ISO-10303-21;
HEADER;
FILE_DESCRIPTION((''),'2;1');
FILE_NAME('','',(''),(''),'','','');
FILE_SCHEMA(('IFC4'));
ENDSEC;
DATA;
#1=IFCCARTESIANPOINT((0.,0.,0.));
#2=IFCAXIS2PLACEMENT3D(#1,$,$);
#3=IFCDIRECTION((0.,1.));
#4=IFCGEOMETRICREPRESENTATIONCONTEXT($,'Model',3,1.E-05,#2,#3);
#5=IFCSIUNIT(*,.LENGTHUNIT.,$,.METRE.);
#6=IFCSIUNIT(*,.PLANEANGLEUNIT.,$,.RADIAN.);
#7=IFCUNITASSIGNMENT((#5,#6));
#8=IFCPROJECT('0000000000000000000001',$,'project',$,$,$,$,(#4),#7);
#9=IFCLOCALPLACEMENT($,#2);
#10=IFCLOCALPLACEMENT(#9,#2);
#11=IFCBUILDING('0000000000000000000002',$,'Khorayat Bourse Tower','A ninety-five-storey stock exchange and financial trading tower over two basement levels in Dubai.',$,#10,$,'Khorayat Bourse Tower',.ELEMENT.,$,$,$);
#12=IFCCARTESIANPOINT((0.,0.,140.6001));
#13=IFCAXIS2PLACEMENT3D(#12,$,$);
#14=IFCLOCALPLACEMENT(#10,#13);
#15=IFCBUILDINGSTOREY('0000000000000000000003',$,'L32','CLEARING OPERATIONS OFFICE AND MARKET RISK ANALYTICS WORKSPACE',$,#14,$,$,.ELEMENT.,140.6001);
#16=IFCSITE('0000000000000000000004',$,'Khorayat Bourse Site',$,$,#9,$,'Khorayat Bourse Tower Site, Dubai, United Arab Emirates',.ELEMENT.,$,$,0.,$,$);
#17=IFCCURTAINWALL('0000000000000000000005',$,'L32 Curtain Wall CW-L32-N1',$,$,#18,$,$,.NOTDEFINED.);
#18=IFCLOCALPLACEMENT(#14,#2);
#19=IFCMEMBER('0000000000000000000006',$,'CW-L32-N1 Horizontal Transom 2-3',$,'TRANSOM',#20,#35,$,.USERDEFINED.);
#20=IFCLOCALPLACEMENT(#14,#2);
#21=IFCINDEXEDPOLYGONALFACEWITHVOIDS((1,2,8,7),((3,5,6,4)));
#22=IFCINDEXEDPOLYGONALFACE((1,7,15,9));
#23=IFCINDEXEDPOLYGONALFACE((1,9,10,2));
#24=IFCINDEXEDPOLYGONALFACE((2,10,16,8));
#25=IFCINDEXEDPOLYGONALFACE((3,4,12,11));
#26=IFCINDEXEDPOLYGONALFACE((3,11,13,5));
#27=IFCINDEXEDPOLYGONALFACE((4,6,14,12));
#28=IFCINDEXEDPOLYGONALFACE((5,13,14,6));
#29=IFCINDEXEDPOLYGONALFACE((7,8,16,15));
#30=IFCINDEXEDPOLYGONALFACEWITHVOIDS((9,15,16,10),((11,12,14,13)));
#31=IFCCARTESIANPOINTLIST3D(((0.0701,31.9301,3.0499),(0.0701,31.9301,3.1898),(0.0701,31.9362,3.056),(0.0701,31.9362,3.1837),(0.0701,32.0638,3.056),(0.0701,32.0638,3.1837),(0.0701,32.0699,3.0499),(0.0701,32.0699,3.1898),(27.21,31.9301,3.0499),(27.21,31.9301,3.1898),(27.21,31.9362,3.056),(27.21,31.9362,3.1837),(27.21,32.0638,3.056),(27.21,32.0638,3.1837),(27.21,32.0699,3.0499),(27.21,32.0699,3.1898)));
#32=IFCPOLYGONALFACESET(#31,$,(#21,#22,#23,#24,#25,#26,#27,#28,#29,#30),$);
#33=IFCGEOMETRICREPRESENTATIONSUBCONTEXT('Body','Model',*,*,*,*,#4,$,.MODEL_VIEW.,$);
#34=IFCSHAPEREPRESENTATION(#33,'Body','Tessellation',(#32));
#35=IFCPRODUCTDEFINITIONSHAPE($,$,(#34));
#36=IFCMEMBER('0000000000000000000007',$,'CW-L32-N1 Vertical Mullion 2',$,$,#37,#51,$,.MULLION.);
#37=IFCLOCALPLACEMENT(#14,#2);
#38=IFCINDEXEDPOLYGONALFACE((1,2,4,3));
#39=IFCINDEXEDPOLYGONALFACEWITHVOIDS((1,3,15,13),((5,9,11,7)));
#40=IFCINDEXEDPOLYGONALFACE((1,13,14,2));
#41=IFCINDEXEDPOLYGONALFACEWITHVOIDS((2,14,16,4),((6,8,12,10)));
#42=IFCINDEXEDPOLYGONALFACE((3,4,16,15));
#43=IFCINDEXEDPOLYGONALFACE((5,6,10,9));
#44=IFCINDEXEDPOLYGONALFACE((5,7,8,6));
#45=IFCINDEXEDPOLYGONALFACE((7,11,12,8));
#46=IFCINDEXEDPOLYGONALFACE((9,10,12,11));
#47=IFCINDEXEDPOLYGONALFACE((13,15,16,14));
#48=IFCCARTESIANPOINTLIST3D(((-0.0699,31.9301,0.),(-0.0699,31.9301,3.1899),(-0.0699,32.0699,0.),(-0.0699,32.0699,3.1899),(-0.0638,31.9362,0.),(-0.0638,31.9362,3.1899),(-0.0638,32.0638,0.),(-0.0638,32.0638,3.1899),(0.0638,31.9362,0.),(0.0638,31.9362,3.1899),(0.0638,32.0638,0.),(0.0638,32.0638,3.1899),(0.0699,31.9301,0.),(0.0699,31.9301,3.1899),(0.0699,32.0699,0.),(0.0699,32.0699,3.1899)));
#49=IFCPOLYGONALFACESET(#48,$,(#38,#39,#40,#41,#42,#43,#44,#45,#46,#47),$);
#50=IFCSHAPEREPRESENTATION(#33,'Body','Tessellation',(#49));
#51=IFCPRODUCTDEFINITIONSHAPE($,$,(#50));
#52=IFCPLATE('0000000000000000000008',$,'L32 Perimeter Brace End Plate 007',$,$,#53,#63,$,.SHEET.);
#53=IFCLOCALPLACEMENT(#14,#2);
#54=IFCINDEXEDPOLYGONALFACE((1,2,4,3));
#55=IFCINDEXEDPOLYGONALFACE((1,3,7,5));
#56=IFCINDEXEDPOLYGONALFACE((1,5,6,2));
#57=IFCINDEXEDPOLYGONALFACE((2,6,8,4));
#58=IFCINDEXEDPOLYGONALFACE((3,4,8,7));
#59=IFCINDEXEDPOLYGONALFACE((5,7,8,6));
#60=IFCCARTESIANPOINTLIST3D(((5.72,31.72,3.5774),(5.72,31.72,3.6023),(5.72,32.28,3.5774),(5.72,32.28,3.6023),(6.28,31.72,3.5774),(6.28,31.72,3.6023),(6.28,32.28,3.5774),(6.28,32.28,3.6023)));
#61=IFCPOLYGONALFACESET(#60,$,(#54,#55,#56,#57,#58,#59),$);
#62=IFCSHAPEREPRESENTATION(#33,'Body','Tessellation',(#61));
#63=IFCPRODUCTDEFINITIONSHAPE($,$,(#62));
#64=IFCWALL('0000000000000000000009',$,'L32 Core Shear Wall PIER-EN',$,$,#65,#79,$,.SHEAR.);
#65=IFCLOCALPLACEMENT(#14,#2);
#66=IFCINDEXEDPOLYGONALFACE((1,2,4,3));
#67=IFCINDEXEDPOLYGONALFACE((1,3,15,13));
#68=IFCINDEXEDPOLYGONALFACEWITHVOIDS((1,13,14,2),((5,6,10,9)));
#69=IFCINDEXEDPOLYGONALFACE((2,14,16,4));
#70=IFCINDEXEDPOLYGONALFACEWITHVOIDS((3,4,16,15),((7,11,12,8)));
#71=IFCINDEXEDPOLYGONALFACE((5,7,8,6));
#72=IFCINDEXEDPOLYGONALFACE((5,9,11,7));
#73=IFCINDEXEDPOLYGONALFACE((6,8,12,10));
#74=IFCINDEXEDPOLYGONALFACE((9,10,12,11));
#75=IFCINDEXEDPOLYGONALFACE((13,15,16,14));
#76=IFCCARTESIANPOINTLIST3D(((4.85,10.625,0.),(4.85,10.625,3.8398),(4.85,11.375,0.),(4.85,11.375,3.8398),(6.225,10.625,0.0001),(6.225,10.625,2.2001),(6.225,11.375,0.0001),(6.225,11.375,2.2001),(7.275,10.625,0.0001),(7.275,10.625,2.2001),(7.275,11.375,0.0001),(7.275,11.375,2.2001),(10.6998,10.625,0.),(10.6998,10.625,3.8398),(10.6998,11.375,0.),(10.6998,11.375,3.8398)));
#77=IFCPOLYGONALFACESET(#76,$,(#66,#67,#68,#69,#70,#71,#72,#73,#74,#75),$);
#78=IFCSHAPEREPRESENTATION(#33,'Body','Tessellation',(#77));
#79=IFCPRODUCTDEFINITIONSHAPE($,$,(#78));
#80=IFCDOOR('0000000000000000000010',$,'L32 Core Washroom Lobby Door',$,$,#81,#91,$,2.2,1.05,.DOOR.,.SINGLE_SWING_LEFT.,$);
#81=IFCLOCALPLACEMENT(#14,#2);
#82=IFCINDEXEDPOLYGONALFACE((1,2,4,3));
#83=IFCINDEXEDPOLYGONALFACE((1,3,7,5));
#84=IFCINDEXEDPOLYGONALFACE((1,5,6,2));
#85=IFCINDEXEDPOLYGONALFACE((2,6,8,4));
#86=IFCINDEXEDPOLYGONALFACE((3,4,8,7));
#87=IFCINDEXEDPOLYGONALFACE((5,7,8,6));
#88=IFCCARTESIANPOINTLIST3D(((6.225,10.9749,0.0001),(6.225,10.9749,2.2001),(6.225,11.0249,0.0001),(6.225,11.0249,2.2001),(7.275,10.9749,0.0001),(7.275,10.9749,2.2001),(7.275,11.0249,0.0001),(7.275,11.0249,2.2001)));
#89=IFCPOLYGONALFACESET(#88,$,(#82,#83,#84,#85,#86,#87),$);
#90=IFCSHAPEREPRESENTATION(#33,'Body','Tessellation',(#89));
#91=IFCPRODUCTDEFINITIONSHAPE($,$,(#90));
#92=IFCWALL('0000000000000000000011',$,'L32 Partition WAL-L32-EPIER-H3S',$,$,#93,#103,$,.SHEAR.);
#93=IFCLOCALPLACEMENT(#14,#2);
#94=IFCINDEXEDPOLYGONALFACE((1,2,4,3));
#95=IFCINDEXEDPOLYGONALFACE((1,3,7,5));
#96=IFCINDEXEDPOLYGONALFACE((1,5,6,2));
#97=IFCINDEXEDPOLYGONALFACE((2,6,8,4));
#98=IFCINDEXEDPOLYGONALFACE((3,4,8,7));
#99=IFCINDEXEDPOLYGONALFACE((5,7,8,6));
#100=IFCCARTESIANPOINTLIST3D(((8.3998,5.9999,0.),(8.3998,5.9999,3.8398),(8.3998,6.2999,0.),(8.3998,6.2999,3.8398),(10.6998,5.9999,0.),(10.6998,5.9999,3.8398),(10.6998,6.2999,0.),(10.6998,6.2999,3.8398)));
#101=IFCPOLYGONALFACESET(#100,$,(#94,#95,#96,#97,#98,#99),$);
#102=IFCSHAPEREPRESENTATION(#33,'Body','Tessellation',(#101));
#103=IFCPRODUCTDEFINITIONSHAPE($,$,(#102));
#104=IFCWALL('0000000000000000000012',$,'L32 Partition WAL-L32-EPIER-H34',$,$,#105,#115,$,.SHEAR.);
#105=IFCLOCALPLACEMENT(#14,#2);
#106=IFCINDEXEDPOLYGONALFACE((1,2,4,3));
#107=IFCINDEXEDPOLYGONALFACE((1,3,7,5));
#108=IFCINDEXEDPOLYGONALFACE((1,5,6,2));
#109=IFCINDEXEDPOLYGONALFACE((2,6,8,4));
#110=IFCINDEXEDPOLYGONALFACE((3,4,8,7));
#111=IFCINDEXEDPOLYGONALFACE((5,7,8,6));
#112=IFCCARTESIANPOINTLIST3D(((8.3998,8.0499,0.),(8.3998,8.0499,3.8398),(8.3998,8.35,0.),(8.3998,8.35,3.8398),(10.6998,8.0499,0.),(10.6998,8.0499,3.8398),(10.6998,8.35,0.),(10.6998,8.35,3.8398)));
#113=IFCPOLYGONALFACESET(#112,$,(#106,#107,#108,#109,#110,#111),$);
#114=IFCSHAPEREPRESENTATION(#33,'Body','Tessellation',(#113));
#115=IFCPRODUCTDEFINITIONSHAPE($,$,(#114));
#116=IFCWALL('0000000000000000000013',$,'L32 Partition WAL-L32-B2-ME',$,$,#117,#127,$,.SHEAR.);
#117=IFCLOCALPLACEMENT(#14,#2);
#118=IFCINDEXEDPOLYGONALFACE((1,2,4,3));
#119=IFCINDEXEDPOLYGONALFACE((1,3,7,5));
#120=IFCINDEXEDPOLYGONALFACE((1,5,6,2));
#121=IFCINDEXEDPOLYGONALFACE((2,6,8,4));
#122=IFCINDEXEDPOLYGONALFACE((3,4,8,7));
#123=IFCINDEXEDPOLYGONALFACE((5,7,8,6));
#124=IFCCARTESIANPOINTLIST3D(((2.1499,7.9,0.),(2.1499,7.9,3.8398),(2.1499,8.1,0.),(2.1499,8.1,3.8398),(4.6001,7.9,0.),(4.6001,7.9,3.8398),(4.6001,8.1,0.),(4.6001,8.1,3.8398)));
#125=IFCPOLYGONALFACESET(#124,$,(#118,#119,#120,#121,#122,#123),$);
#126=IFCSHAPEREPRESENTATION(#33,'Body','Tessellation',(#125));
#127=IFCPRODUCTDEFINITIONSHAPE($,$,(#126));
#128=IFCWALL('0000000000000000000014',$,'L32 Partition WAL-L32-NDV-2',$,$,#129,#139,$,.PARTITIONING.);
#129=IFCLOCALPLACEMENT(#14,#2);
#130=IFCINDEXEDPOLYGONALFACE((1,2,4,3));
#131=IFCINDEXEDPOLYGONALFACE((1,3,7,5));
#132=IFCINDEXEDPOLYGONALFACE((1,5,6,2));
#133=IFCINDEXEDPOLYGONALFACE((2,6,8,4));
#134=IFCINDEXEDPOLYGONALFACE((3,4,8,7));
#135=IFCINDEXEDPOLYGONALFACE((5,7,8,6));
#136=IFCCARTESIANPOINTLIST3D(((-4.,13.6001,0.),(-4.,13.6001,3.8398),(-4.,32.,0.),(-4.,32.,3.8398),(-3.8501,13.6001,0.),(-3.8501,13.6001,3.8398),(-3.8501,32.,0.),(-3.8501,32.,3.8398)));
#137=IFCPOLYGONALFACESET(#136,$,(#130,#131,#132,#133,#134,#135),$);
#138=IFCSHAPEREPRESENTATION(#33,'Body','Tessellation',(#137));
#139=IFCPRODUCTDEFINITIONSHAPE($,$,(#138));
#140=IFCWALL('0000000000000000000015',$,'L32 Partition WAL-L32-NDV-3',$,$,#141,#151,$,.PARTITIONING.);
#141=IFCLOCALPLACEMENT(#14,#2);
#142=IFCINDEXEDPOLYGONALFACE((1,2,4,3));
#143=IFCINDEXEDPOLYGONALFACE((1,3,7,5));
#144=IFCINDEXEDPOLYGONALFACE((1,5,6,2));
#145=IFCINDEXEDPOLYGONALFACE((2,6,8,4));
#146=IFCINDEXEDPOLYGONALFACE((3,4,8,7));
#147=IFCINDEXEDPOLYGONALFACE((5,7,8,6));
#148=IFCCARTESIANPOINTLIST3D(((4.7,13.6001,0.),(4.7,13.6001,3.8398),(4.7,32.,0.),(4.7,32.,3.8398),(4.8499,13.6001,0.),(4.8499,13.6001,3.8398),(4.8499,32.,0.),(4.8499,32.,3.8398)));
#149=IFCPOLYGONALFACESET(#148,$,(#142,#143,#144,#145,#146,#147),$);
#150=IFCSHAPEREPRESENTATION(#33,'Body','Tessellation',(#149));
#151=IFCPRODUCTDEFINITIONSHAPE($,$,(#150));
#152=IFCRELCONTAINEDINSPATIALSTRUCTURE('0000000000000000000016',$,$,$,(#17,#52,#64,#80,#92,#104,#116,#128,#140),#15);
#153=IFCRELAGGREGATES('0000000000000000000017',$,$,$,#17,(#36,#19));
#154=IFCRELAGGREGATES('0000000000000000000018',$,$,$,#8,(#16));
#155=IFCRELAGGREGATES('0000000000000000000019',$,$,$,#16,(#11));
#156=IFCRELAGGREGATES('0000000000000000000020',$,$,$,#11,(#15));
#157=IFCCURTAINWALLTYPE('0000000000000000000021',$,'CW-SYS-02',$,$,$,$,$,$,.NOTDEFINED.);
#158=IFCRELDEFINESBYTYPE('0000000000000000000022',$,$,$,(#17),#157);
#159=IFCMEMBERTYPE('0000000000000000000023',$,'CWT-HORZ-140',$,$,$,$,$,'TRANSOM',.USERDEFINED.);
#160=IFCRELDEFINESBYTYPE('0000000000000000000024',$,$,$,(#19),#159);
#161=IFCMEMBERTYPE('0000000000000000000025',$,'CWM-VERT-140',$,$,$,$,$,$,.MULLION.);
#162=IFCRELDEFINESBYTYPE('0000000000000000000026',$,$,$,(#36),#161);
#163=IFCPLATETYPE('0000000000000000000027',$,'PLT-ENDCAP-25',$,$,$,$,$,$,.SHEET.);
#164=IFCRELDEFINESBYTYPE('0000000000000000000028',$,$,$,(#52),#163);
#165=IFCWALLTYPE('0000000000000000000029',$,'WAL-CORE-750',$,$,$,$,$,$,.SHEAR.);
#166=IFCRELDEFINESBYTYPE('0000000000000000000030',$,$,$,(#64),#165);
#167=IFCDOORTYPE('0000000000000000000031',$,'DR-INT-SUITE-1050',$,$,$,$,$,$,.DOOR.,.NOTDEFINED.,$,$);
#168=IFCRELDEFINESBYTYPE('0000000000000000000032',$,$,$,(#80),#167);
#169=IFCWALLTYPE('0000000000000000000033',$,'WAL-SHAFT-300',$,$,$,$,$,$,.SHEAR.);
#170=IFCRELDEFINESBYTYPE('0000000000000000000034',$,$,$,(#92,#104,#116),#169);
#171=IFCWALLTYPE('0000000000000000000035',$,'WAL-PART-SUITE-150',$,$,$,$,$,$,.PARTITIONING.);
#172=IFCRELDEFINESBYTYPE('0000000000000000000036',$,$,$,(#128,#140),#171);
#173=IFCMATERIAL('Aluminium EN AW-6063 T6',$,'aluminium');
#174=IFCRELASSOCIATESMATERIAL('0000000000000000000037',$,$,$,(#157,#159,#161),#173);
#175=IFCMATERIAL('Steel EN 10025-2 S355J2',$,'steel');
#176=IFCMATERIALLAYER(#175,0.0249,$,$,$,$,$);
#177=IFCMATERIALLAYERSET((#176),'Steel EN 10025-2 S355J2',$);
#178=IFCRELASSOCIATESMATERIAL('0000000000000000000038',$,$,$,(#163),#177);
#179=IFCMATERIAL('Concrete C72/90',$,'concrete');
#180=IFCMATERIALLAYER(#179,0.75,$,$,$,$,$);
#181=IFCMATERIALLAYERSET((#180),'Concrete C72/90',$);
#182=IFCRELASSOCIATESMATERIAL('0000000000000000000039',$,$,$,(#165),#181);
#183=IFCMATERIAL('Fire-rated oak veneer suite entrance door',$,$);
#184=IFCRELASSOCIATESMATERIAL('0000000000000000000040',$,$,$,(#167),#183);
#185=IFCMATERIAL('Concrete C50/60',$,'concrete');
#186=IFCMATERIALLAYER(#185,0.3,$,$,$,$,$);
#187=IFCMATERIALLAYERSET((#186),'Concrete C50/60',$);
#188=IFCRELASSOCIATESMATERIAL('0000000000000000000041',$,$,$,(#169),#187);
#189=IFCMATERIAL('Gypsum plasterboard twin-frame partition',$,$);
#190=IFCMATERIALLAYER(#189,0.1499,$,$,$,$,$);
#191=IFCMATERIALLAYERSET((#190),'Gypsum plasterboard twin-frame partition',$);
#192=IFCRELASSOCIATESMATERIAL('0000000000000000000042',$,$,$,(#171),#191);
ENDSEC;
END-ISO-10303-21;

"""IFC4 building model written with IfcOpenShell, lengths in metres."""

from ifc_helpers import new_model, si_unit, direction, frame, frame_2d, origin, origin_2d, place, context, subcontext, project, spatial, rectangle, hollow_rectangle, extrude, source, transform, mapped, material, layer, layer_set, material_profile, profile_set, type_object, element, fill, aggregate, save


model = new_model("IFC4")

# Units and contexts
model_context = context("Model", 3, precision=1e-05, world=origin(), true_north=direction((0.0, 1.0)))
body_context = subcontext(model_context, "Body", "Model", "MODEL_VIEW")
ifc_project = project(units=[si_unit("LENGTHUNIT", "METRE"), si_unit("PLANEANGLEUNIT", "RADIAN")], contexts=[model_context])

# Site, building, storey
site_placement = place(None, origin())
site = spatial("IfcSite", under=ifc_project, at=site_placement, Name="Khorayat Bourse Site", LongName="Khorayat Bourse Tower Site, Dubai, United Arab Emirates", CompositionType="ELEMENT", RefElevation=0.0)
building_placement = place(site_placement, origin())
building = spatial("IfcBuilding", under=site, at=building_placement, Name="Khorayat Bourse Tower", Description="A ninety-five-storey stock exchange and financial trading tower over two basement levels in Dubai.", LongName="Khorayat Bourse Tower", CompositionType="ELEMENT")
storey_placement = place(building_placement, frame((0.0, 0.0, 140.6001)))
storey = spatial("IfcBuildingStorey", under=building, at=storey_placement, Name="L32", Description="CLEARING OPERATIONS OFFICE AND MARKET RISK ANALYTICS WORKSPACE", CompositionType="ELEMENT", Elevation=140.6001)

# Shared definitions
ifc_material_1 = material(Name="Concrete C72/90", Category="concrete")

# Curtain wall, members
ifc_material_2 = material(Name="Aluminium EN AW-6063 T6", Category="aluminium")
curtain_wall_type = type_object("IfcCurtainWallType", Name="CW-SYS-02", PredefinedType="NOTDEFINED", material=ifc_material_2)
curtain_wall_placement = place(storey_placement, origin())
curtain_wall = element("IfcCurtainWall", 1, at=curtain_wall_placement, inside=storey, type_object=curtain_wall_type, Name="L32 Curtain Wall CW-L32-N1", PredefinedType="NOTDEFINED")
ifc_material_profile_1 = material_profile(ifc_material_2, hollow_rectangle(XDim=0.1399, YDim=0.1399, WallThickness=0.0061, at=origin_2d()), Name="ALU 140x140x6")
ifc_profile_set_1 = profile_set([ifc_material_profile_1], Name="Aluminium EN AW-6063 T6")
member_type_1 = type_object("IfcMemberType", Name="CWT-HORZ-140", ElementType="TRANSOM", PredefinedType="USERDEFINED", material=ifc_profile_set_1)
shared_shape_1 = source(origin(), body_context, "Body", "SweptSolid", [
    extrude(hollow_rectangle(XDim=0.1399, YDim=0.1399, WallThickness=0.0061, at=origin_2d()), origin(), (0.0, 0.0, 1.0), 27.1399),
])
member_1_placement = place(storey_placement, frame((0.0701, 32.0, 3.1199), z_axis=(1.0, 0.0, 0.0), x_axis=(0.0, 1.0, 0.0)))
member_1 = element("IfcMember", 2, at=member_1_placement, type_object=member_type_1, Name="CW-L32-N1 Horizontal Transom 2-3", ObjectType="TRANSOM", PredefinedType="USERDEFINED", context=body_context, shape_type="MappedRepresentation", body=[
    mapped(shared_shape_1, transform((0.0, 0.0, 0.0), scale=1.0)),
])
ifc_material_profile_2 = material_profile(ifc_material_2, hollow_rectangle(XDim=0.1399, YDim=0.1399, WallThickness=0.0061, at=origin_2d()), Name="ALU 140x140x6")
ifc_profile_set_2 = profile_set([ifc_material_profile_2], Name="Aluminium EN AW-6063 T6")
member_type_2 = type_object("IfcMemberType", Name="CWM-VERT-140", PredefinedType="MULLION", material=ifc_profile_set_2)
shared_shape_2 = source(origin(), body_context, "Body", "SweptSolid", [
    extrude(hollow_rectangle(XDim=0.1399, YDim=0.1399, WallThickness=0.0061, at=origin_2d()), origin(), (0.0, 0.0, 1.0), 3.1899),
])
member_2_placement = place(storey_placement, frame((0.0, 32.0, 0.0), z_axis=(0.0, 0.0, 1.0), x_axis=(0.0, 1.0, 0.0)))
member_2 = element("IfcMember", 3, at=member_2_placement, type_object=member_type_2, Name="CW-L32-N1 Vertical Mullion 2", PredefinedType="MULLION", context=body_context, shape_type="MappedRepresentation", body=[
    mapped(shared_shape_2, transform((0.0, 0.0, 0.0), scale=1.0)),
])
aggregate(curtain_wall, [member_2, member_1])

# Plate
ifc_material_3 = material(Name="Steel EN 10025-2 S355J2", Category="steel")
ifc_layer_1 = layer(ifc_material_3, 0.0249)
ifc_layer_set_1 = layer_set([ifc_layer_1], Name="Steel EN 10025-2 S355J2")
plate_type = type_object("IfcPlateType", Name="PLT-ENDCAP-25", PredefinedType="SHEET", material=ifc_layer_set_1)
shared_shape_3 = source(origin(), body_context, "Body", "SweptSolid", [
    extrude(rectangle(XDim=0.5601, YDim=0.5601, at=origin_2d()), origin(), (0.0, 0.0, 1.0), 0.0249),
])
plate_placement = place(storey_placement, frame((6.0, 32.0, 3.5774), z_axis=(0.0, 0.0, 1.0), x_axis=(1.0, 0.0, 0.0)))
element("IfcPlate", 4, at=plate_placement, inside=storey, type_object=plate_type, Name="L32 Perimeter Brace End Plate 007", PredefinedType="SHEET", context=body_context, shape_type="MappedRepresentation", body=[
    mapped(shared_shape_3, transform((0.0, 0.0, 0.0), scale=1.0)),
])

# Wall, opening, door
ifc_layer_2 = layer(ifc_material_1, 0.75)
ifc_layer_set_2 = layer_set([ifc_layer_2], Name="Concrete C72/90")
wall_type_1 = type_object("IfcWallType", Name="WAL-CORE-750", PredefinedType="SHEAR", material=ifc_layer_set_2)
shared_shape_4 = source(origin(), body_context, "Body", "SweptSolid", [
    extrude(rectangle(XDim=5.8499, YDim=0.75, at=frame_2d((2.9248, 0.0))), origin(), (0.0, 0.0, 1.0), 3.8398),
])
wall_1_placement = place(storey_placement, frame((4.8501, 11.0, 0.0), z_axis=(0.0, 0.0, 1.0), x_axis=(1.0, 0.0, 0.0)))
wall_1 = element("IfcWall", 5, at=wall_1_placement, inside=storey, type_object=wall_type_1, Name="L32 Core Shear Wall PIER-EN", PredefinedType="SHEAR", context=body_context, shape_type="MappedRepresentation", body=[
    mapped(shared_shape_4, transform((0.0, 0.0, 0.0), scale=1.0)),
])
shared_shape_5 = source(origin(), body_context, "Body", "SweptSolid", [
    extrude(rectangle(XDim=1.05, YDim=2.2, at=frame_2d((0.5249, 1.1001))), frame((0.0, 0.385, 0.0), z_axis=(0.0, -1.0, 0.0), x_axis=(1.0, 0.0, 0.0)), (0.0, 0.0, 1.0), 0.77),
])
opening_1_placement = place(wall_1_placement, frame((1.375, 0.0, 0.0)))
opening_1 = element("IfcOpeningElement", 6, at=opening_1_placement, cuts=wall_1, PredefinedType="OPENING", context=body_context, shape_type="MappedRepresentation", body=[
    mapped(shared_shape_5, transform((0.0, 0.0, 0.0), scale=1.0)),
])
ifc_material_4 = material(Name="Fire-rated oak veneer suite entrance door")
door_type_1 = type_object("IfcDoorType", Name="DR-INT-SUITE-1050", OperationType="NOTDEFINED", PredefinedType="DOOR", material=ifc_material_4)
shared_shape_6 = source(origin(), body_context, "Body", "SweptSolid", [
    extrude(rectangle(XDim=1.05, YDim=2.2, at=frame_2d((0.5249, 1.1001))), frame((0.0, 0.0249, 0.0), z_axis=(0.0, -1.0, 0.0), x_axis=(1.0, 0.0, 0.0)), (0.0, 0.0, 1.0), 0.05),
])
door_1_placement = place(opening_1_placement, origin())
door_1 = element("IfcDoor", 7, at=door_1_placement, inside=storey, type_object=door_type_1, Name="L32 Core Washroom Lobby Door", OperationType="SINGLE_SWING_LEFT", OverallHeight=2.2, OverallWidth=1.05, PredefinedType="DOOR", context=body_context, shape_type="MappedRepresentation", body=[
    mapped(shared_shape_6, transform((0.0, 0.0, 0.0), scale=1.0)),
])
fill(opening_1, door_1)

# Walls
ifc_material_5 = material(Name="Concrete C50/60", Category="concrete")
ifc_layer_3 = layer(ifc_material_5, 0.3)
ifc_layer_set_3 = layer_set([ifc_layer_3], Name="Concrete C50/60")
wall_type_2 = type_object("IfcWallType", Name="WAL-SHAFT-300", PredefinedType="SHEAR", material=ifc_layer_set_3)
shared_shape_7 = source(origin(), body_context, "Body", "SweptSolid", [
    extrude(rectangle(XDim=2.3, YDim=0.3, at=frame_2d((1.1499, 0.0))), origin(), (0.0, 0.0, 1.0), 3.8398),
])
for number, where, z_axis, x_axis, name in (
    (8, (8.3999, 6.1499, 0.0), (0.0, 0.0, 1.0), (1.0, 0.0, 0.0), "L32 Partition WAL-L32-EPIER-H3S"),
    (9, (8.3999, 8.2, 0.0), (0.0, 0.0, 1.0), (1.0, 0.0, 0.0), "L32 Partition WAL-L32-EPIER-H34"),
):
    element("IfcWall", number, at=place(storey_placement, frame(where, z_axis=z_axis, x_axis=x_axis)), inside=storey, type_object=wall_type_2, Name=name, PredefinedType="SHEAR", context=body_context, shape_type="MappedRepresentation", body=[
        mapped(shared_shape_7, transform((0.0, 0.0, 0.0), scale=1.0)),
    ])

# Walls
shared_shape_8 = source(origin(), body_context, "Body", "SweptSolid", [
    extrude(rectangle(XDim=2.4502, YDim=0.2, at=frame_2d((1.2251, 0.0))), origin(), (0.0, 0.0, 1.0), 3.8398),
])
wall_2_placement = place(storey_placement, frame((2.1499, 8.0, 0.0), z_axis=(0.0, 0.0, 1.0), x_axis=(1.0, 0.0, 0.0)))
element("IfcWall", 10, at=wall_2_placement, inside=storey, type_object=wall_type_2, Name="L32 Partition WAL-L32-B2-ME", PredefinedType="SHEAR", context=body_context, shape_type="MappedRepresentation", body=[
    mapped(shared_shape_8, transform((0.0, 0.0, 0.0), scale=1.0)),
])
ifc_material_6 = material(Name="Gypsum plasterboard twin-frame partition")
ifc_layer_4 = layer(ifc_material_6, 0.1499)
ifc_layer_set_4 = layer_set([ifc_layer_4], Name="Gypsum plasterboard twin-frame partition")
wall_type_3 = type_object("IfcWallType", Name="WAL-PART-SUITE-150", PredefinedType="PARTITIONING", material=ifc_layer_set_4)
shared_shape_9 = source(origin(), body_context, "Body", "SweptSolid", [
    extrude(rectangle(XDim=18.3999, YDim=0.1499, at=frame_2d((9.2, 0.0))), origin(), (0.0, 0.0, 1.0), 3.8398),
])
for number, where, z_axis, x_axis, name in (
    (11, (-3.925, 13.6001, 0.0), (0.0, 0.0, 1.0), (0.0, 1.0, 0.0), "L32 Partition WAL-L32-NDV-2"),
    (12, (4.7749, 13.6001, 0.0), (0.0, 0.0, 1.0), (0.0, 1.0, 0.0), "L32 Partition WAL-L32-NDV-3"),
):
    element("IfcWall", number, at=place(storey_placement, frame(where, z_axis=z_axis, x_axis=x_axis)), inside=storey, type_object=wall_type_3, Name=name, PredefinedType="PARTITIONING", context=body_context, shape_type="MappedRepresentation", body=[
        mapped(shared_shape_9, transform((0.0, 0.0, 0.0), scale=1.0)),
    ])

save(model, "model.ifc")
